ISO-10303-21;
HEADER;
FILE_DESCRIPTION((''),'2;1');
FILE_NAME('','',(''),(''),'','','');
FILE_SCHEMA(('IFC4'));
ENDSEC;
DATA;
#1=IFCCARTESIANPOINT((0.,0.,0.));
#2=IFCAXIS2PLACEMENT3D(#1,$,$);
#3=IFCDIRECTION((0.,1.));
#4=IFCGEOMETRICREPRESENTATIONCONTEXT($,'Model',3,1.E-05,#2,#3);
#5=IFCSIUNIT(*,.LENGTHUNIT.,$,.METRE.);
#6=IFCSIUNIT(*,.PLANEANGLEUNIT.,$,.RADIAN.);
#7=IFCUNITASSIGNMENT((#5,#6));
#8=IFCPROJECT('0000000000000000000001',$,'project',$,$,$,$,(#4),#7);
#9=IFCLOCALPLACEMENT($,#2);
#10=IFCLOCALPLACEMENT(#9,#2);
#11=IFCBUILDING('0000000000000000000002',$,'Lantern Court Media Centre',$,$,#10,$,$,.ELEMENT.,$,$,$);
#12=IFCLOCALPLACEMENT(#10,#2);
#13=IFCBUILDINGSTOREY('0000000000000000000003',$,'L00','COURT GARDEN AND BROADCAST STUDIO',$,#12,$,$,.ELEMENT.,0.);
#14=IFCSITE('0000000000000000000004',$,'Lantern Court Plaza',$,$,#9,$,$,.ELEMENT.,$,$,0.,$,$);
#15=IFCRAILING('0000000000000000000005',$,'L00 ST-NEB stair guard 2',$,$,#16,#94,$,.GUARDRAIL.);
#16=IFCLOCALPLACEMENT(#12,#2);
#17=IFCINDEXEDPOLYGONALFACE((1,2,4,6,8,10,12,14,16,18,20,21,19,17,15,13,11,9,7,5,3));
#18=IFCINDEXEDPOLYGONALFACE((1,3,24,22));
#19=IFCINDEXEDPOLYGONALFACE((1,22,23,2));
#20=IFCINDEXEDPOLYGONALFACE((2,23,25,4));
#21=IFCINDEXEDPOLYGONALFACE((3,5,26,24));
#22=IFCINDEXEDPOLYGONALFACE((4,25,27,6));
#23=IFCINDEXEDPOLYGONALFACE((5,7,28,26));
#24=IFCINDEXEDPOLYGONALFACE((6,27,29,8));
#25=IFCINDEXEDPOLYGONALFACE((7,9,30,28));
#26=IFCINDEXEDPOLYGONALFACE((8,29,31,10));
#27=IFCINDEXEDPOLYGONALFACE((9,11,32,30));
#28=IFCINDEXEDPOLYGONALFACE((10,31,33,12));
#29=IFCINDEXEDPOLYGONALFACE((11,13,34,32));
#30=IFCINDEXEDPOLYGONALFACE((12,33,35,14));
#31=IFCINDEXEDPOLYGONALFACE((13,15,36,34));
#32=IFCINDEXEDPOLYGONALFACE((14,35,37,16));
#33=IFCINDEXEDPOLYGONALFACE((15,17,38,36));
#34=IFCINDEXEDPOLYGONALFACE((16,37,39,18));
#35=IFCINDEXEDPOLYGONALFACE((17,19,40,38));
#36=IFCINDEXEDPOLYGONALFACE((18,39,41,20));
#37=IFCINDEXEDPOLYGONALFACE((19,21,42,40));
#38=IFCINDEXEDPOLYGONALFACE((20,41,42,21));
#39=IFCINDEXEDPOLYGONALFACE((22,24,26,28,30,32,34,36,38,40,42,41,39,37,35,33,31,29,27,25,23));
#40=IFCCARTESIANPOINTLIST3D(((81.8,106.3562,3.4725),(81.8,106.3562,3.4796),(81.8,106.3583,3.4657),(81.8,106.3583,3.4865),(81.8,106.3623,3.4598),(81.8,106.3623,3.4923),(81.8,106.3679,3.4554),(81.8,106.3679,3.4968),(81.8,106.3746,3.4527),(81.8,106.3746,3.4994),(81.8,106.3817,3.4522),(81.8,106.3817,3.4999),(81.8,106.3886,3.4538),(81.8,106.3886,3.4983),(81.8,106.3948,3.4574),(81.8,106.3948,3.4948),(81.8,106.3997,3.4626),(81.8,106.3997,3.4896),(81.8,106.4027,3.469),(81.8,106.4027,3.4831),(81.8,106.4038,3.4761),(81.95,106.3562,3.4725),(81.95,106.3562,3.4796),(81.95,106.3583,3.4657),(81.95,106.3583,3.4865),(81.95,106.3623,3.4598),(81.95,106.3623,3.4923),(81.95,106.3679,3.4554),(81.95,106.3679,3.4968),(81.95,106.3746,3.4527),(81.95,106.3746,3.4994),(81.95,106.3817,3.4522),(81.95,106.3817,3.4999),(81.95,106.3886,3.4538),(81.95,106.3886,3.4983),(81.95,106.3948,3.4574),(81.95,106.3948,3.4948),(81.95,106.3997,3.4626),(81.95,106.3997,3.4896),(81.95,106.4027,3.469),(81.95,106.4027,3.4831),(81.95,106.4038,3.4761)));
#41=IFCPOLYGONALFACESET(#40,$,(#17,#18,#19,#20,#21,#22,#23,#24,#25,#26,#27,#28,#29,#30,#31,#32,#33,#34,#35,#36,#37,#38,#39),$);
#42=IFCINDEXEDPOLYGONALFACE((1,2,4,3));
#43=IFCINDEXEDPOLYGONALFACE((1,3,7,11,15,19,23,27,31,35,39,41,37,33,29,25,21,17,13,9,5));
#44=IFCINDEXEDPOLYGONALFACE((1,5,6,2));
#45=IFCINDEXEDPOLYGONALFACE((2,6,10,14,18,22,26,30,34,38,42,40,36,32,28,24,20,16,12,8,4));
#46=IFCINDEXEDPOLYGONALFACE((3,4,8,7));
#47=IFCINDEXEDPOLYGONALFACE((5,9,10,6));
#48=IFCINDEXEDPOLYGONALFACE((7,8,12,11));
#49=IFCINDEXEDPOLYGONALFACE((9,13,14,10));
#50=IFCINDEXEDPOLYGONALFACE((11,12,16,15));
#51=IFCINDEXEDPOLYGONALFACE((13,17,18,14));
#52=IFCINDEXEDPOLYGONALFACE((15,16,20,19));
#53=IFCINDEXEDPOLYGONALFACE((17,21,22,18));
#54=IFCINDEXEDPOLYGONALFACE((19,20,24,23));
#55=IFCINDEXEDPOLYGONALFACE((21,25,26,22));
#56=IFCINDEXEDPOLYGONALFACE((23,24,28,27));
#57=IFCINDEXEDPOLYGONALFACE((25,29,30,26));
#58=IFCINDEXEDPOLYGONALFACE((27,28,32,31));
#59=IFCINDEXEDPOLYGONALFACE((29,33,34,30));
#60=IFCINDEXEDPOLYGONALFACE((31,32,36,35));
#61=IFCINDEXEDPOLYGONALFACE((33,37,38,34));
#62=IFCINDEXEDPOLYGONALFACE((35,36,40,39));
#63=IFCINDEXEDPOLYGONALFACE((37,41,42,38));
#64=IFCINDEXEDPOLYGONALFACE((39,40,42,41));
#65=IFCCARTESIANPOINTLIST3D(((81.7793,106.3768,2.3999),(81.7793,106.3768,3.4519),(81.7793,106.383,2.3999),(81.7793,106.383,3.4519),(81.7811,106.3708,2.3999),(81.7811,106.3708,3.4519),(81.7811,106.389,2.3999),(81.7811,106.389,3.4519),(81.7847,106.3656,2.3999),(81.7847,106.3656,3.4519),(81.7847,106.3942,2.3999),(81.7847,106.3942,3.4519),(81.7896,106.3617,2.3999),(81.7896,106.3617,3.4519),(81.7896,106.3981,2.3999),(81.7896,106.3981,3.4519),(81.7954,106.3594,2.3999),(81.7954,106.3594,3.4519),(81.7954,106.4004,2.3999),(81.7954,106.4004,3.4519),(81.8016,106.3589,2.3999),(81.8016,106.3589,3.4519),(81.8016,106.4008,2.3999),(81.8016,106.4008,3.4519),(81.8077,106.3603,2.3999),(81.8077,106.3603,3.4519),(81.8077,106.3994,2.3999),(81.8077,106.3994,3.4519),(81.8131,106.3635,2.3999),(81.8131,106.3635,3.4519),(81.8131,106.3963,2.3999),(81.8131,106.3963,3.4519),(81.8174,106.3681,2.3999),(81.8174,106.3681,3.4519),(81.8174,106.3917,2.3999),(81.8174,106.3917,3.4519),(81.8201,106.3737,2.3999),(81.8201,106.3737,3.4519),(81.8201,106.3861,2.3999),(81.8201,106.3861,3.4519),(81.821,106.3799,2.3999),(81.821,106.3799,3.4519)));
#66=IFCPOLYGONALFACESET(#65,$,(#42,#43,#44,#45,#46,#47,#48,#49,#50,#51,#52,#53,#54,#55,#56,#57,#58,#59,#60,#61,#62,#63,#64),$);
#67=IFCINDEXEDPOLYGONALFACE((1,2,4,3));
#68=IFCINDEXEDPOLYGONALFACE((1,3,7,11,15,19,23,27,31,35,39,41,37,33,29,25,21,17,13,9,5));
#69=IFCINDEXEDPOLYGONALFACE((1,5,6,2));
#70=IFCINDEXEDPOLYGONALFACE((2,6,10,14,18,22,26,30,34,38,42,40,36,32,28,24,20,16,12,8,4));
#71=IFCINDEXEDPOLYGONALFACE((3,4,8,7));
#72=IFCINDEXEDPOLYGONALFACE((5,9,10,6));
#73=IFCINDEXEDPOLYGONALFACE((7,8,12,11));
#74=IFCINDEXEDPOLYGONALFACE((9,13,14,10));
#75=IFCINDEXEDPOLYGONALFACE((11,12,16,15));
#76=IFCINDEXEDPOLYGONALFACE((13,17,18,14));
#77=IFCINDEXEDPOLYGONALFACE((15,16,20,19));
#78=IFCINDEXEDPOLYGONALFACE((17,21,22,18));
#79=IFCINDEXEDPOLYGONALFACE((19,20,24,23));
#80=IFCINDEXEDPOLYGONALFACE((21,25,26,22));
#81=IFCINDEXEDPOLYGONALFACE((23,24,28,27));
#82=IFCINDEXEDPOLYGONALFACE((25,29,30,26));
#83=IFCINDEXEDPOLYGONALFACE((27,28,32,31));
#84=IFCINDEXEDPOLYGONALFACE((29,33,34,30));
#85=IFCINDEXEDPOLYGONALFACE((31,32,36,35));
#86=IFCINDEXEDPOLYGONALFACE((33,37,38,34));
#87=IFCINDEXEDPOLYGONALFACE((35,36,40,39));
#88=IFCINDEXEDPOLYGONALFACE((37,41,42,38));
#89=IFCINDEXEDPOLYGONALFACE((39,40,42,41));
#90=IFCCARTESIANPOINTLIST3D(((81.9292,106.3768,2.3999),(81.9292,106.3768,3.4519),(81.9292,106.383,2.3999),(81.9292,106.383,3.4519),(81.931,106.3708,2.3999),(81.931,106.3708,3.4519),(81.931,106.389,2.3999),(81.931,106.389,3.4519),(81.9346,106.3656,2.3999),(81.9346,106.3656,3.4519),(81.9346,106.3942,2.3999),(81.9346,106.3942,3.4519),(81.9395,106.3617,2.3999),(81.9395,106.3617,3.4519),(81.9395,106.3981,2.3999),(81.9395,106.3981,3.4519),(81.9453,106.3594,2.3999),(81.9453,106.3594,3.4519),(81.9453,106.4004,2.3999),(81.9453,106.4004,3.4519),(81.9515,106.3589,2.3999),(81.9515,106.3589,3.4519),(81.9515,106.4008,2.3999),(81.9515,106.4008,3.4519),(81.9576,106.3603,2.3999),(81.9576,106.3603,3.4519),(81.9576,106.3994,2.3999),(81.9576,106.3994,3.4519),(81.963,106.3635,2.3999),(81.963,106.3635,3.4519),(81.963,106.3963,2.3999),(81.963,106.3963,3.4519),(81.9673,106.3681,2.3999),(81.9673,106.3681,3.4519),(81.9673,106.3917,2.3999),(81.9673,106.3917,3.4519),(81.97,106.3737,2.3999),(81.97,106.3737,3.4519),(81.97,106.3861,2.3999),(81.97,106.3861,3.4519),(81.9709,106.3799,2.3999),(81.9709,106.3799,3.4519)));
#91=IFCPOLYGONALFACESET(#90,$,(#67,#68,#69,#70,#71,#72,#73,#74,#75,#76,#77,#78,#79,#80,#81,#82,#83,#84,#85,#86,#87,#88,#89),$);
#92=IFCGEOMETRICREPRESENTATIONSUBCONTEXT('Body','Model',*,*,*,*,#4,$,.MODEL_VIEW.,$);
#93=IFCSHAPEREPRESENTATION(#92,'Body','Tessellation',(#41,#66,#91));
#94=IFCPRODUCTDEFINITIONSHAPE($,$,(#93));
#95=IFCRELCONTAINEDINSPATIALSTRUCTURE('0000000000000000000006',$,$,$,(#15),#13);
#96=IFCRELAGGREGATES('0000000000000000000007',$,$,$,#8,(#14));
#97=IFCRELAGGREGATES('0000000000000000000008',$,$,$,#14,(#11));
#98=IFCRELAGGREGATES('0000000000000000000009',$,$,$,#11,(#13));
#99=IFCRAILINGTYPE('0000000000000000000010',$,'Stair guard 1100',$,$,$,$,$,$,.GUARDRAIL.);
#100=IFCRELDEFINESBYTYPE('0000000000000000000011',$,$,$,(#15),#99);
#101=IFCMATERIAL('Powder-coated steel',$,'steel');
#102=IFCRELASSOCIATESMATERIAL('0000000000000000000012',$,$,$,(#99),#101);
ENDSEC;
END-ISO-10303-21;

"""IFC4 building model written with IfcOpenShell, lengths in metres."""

from ifc_helpers import new_model, si_unit, direction, frame, origin, origin_2d, place, context, subcontext, project, spatial, circle, extrude, material, type_object, element, save


model = new_model("IFC4")

# Units and contexts
model_context = context("Model", 3, precision=1e-05, world=origin(), true_north=direction((0.0, 1.0)))
body_context = subcontext(model_context, "Body", "Model", "MODEL_VIEW")
ifc_project = project(units=[si_unit("LENGTHUNIT", "METRE"), si_unit("PLANEANGLEUNIT", "RADIAN")], contexts=[model_context])

# Site, building, storey
site_placement = place(None, origin())
site = spatial("IfcSite", under=ifc_project, at=site_placement, Name="Lantern Court Plaza", CompositionType="ELEMENT", RefElevation=0.0)
building_placement = place(site_placement, origin())
building = spatial("IfcBuilding", under=site, at=building_placement, Name="Lantern Court Media Centre", CompositionType="ELEMENT")
storey_placement = place(building_placement, origin())
storey = spatial("IfcBuildingStorey", under=building, at=storey_placement, Name="L00", Description="COURT GARDEN AND BROADCAST STUDIO", CompositionType="ELEMENT", Elevation=0.0)

# Railing
ifc_material_1 = material(Name="Powder-coated steel", Category="steel")
railing_type_1 = type_object("IfcRailingType", Name="Stair guard 1100", PredefinedType="GUARDRAIL", material=ifc_material_1)
railing_1_placement = place(storey_placement, frame((81.8, 106.3799, 2.3999)))
element("IfcRailing", 1, at=railing_1_placement, inside=storey, type_object=railing_type_1, Name="L00 ST-NEB stair guard 2", PredefinedType="GUARDRAIL", context=body_context, shape_type="SweptSolid", body=[
    extrude(circle(Radius=0.0239, at=origin_2d()), frame((0.0, 0.0, 1.0762), z_axis=(1.0, 0.0, 0.0), x_axis=(0.0, 1.0, 0.0)), (0.0, 0.0, 1.0), 0.1499),
    extrude(circle(Radius=0.021, at=origin_2d()), origin(), (0.0, 0.0, 1.0), 1.052),
    extrude(circle(Radius=0.021, at=origin_2d()), frame((0.1499, 0.0, 0.0)), (0.0, 0.0, 1.0), 1.052),
])

save(model, "model.ifc")
